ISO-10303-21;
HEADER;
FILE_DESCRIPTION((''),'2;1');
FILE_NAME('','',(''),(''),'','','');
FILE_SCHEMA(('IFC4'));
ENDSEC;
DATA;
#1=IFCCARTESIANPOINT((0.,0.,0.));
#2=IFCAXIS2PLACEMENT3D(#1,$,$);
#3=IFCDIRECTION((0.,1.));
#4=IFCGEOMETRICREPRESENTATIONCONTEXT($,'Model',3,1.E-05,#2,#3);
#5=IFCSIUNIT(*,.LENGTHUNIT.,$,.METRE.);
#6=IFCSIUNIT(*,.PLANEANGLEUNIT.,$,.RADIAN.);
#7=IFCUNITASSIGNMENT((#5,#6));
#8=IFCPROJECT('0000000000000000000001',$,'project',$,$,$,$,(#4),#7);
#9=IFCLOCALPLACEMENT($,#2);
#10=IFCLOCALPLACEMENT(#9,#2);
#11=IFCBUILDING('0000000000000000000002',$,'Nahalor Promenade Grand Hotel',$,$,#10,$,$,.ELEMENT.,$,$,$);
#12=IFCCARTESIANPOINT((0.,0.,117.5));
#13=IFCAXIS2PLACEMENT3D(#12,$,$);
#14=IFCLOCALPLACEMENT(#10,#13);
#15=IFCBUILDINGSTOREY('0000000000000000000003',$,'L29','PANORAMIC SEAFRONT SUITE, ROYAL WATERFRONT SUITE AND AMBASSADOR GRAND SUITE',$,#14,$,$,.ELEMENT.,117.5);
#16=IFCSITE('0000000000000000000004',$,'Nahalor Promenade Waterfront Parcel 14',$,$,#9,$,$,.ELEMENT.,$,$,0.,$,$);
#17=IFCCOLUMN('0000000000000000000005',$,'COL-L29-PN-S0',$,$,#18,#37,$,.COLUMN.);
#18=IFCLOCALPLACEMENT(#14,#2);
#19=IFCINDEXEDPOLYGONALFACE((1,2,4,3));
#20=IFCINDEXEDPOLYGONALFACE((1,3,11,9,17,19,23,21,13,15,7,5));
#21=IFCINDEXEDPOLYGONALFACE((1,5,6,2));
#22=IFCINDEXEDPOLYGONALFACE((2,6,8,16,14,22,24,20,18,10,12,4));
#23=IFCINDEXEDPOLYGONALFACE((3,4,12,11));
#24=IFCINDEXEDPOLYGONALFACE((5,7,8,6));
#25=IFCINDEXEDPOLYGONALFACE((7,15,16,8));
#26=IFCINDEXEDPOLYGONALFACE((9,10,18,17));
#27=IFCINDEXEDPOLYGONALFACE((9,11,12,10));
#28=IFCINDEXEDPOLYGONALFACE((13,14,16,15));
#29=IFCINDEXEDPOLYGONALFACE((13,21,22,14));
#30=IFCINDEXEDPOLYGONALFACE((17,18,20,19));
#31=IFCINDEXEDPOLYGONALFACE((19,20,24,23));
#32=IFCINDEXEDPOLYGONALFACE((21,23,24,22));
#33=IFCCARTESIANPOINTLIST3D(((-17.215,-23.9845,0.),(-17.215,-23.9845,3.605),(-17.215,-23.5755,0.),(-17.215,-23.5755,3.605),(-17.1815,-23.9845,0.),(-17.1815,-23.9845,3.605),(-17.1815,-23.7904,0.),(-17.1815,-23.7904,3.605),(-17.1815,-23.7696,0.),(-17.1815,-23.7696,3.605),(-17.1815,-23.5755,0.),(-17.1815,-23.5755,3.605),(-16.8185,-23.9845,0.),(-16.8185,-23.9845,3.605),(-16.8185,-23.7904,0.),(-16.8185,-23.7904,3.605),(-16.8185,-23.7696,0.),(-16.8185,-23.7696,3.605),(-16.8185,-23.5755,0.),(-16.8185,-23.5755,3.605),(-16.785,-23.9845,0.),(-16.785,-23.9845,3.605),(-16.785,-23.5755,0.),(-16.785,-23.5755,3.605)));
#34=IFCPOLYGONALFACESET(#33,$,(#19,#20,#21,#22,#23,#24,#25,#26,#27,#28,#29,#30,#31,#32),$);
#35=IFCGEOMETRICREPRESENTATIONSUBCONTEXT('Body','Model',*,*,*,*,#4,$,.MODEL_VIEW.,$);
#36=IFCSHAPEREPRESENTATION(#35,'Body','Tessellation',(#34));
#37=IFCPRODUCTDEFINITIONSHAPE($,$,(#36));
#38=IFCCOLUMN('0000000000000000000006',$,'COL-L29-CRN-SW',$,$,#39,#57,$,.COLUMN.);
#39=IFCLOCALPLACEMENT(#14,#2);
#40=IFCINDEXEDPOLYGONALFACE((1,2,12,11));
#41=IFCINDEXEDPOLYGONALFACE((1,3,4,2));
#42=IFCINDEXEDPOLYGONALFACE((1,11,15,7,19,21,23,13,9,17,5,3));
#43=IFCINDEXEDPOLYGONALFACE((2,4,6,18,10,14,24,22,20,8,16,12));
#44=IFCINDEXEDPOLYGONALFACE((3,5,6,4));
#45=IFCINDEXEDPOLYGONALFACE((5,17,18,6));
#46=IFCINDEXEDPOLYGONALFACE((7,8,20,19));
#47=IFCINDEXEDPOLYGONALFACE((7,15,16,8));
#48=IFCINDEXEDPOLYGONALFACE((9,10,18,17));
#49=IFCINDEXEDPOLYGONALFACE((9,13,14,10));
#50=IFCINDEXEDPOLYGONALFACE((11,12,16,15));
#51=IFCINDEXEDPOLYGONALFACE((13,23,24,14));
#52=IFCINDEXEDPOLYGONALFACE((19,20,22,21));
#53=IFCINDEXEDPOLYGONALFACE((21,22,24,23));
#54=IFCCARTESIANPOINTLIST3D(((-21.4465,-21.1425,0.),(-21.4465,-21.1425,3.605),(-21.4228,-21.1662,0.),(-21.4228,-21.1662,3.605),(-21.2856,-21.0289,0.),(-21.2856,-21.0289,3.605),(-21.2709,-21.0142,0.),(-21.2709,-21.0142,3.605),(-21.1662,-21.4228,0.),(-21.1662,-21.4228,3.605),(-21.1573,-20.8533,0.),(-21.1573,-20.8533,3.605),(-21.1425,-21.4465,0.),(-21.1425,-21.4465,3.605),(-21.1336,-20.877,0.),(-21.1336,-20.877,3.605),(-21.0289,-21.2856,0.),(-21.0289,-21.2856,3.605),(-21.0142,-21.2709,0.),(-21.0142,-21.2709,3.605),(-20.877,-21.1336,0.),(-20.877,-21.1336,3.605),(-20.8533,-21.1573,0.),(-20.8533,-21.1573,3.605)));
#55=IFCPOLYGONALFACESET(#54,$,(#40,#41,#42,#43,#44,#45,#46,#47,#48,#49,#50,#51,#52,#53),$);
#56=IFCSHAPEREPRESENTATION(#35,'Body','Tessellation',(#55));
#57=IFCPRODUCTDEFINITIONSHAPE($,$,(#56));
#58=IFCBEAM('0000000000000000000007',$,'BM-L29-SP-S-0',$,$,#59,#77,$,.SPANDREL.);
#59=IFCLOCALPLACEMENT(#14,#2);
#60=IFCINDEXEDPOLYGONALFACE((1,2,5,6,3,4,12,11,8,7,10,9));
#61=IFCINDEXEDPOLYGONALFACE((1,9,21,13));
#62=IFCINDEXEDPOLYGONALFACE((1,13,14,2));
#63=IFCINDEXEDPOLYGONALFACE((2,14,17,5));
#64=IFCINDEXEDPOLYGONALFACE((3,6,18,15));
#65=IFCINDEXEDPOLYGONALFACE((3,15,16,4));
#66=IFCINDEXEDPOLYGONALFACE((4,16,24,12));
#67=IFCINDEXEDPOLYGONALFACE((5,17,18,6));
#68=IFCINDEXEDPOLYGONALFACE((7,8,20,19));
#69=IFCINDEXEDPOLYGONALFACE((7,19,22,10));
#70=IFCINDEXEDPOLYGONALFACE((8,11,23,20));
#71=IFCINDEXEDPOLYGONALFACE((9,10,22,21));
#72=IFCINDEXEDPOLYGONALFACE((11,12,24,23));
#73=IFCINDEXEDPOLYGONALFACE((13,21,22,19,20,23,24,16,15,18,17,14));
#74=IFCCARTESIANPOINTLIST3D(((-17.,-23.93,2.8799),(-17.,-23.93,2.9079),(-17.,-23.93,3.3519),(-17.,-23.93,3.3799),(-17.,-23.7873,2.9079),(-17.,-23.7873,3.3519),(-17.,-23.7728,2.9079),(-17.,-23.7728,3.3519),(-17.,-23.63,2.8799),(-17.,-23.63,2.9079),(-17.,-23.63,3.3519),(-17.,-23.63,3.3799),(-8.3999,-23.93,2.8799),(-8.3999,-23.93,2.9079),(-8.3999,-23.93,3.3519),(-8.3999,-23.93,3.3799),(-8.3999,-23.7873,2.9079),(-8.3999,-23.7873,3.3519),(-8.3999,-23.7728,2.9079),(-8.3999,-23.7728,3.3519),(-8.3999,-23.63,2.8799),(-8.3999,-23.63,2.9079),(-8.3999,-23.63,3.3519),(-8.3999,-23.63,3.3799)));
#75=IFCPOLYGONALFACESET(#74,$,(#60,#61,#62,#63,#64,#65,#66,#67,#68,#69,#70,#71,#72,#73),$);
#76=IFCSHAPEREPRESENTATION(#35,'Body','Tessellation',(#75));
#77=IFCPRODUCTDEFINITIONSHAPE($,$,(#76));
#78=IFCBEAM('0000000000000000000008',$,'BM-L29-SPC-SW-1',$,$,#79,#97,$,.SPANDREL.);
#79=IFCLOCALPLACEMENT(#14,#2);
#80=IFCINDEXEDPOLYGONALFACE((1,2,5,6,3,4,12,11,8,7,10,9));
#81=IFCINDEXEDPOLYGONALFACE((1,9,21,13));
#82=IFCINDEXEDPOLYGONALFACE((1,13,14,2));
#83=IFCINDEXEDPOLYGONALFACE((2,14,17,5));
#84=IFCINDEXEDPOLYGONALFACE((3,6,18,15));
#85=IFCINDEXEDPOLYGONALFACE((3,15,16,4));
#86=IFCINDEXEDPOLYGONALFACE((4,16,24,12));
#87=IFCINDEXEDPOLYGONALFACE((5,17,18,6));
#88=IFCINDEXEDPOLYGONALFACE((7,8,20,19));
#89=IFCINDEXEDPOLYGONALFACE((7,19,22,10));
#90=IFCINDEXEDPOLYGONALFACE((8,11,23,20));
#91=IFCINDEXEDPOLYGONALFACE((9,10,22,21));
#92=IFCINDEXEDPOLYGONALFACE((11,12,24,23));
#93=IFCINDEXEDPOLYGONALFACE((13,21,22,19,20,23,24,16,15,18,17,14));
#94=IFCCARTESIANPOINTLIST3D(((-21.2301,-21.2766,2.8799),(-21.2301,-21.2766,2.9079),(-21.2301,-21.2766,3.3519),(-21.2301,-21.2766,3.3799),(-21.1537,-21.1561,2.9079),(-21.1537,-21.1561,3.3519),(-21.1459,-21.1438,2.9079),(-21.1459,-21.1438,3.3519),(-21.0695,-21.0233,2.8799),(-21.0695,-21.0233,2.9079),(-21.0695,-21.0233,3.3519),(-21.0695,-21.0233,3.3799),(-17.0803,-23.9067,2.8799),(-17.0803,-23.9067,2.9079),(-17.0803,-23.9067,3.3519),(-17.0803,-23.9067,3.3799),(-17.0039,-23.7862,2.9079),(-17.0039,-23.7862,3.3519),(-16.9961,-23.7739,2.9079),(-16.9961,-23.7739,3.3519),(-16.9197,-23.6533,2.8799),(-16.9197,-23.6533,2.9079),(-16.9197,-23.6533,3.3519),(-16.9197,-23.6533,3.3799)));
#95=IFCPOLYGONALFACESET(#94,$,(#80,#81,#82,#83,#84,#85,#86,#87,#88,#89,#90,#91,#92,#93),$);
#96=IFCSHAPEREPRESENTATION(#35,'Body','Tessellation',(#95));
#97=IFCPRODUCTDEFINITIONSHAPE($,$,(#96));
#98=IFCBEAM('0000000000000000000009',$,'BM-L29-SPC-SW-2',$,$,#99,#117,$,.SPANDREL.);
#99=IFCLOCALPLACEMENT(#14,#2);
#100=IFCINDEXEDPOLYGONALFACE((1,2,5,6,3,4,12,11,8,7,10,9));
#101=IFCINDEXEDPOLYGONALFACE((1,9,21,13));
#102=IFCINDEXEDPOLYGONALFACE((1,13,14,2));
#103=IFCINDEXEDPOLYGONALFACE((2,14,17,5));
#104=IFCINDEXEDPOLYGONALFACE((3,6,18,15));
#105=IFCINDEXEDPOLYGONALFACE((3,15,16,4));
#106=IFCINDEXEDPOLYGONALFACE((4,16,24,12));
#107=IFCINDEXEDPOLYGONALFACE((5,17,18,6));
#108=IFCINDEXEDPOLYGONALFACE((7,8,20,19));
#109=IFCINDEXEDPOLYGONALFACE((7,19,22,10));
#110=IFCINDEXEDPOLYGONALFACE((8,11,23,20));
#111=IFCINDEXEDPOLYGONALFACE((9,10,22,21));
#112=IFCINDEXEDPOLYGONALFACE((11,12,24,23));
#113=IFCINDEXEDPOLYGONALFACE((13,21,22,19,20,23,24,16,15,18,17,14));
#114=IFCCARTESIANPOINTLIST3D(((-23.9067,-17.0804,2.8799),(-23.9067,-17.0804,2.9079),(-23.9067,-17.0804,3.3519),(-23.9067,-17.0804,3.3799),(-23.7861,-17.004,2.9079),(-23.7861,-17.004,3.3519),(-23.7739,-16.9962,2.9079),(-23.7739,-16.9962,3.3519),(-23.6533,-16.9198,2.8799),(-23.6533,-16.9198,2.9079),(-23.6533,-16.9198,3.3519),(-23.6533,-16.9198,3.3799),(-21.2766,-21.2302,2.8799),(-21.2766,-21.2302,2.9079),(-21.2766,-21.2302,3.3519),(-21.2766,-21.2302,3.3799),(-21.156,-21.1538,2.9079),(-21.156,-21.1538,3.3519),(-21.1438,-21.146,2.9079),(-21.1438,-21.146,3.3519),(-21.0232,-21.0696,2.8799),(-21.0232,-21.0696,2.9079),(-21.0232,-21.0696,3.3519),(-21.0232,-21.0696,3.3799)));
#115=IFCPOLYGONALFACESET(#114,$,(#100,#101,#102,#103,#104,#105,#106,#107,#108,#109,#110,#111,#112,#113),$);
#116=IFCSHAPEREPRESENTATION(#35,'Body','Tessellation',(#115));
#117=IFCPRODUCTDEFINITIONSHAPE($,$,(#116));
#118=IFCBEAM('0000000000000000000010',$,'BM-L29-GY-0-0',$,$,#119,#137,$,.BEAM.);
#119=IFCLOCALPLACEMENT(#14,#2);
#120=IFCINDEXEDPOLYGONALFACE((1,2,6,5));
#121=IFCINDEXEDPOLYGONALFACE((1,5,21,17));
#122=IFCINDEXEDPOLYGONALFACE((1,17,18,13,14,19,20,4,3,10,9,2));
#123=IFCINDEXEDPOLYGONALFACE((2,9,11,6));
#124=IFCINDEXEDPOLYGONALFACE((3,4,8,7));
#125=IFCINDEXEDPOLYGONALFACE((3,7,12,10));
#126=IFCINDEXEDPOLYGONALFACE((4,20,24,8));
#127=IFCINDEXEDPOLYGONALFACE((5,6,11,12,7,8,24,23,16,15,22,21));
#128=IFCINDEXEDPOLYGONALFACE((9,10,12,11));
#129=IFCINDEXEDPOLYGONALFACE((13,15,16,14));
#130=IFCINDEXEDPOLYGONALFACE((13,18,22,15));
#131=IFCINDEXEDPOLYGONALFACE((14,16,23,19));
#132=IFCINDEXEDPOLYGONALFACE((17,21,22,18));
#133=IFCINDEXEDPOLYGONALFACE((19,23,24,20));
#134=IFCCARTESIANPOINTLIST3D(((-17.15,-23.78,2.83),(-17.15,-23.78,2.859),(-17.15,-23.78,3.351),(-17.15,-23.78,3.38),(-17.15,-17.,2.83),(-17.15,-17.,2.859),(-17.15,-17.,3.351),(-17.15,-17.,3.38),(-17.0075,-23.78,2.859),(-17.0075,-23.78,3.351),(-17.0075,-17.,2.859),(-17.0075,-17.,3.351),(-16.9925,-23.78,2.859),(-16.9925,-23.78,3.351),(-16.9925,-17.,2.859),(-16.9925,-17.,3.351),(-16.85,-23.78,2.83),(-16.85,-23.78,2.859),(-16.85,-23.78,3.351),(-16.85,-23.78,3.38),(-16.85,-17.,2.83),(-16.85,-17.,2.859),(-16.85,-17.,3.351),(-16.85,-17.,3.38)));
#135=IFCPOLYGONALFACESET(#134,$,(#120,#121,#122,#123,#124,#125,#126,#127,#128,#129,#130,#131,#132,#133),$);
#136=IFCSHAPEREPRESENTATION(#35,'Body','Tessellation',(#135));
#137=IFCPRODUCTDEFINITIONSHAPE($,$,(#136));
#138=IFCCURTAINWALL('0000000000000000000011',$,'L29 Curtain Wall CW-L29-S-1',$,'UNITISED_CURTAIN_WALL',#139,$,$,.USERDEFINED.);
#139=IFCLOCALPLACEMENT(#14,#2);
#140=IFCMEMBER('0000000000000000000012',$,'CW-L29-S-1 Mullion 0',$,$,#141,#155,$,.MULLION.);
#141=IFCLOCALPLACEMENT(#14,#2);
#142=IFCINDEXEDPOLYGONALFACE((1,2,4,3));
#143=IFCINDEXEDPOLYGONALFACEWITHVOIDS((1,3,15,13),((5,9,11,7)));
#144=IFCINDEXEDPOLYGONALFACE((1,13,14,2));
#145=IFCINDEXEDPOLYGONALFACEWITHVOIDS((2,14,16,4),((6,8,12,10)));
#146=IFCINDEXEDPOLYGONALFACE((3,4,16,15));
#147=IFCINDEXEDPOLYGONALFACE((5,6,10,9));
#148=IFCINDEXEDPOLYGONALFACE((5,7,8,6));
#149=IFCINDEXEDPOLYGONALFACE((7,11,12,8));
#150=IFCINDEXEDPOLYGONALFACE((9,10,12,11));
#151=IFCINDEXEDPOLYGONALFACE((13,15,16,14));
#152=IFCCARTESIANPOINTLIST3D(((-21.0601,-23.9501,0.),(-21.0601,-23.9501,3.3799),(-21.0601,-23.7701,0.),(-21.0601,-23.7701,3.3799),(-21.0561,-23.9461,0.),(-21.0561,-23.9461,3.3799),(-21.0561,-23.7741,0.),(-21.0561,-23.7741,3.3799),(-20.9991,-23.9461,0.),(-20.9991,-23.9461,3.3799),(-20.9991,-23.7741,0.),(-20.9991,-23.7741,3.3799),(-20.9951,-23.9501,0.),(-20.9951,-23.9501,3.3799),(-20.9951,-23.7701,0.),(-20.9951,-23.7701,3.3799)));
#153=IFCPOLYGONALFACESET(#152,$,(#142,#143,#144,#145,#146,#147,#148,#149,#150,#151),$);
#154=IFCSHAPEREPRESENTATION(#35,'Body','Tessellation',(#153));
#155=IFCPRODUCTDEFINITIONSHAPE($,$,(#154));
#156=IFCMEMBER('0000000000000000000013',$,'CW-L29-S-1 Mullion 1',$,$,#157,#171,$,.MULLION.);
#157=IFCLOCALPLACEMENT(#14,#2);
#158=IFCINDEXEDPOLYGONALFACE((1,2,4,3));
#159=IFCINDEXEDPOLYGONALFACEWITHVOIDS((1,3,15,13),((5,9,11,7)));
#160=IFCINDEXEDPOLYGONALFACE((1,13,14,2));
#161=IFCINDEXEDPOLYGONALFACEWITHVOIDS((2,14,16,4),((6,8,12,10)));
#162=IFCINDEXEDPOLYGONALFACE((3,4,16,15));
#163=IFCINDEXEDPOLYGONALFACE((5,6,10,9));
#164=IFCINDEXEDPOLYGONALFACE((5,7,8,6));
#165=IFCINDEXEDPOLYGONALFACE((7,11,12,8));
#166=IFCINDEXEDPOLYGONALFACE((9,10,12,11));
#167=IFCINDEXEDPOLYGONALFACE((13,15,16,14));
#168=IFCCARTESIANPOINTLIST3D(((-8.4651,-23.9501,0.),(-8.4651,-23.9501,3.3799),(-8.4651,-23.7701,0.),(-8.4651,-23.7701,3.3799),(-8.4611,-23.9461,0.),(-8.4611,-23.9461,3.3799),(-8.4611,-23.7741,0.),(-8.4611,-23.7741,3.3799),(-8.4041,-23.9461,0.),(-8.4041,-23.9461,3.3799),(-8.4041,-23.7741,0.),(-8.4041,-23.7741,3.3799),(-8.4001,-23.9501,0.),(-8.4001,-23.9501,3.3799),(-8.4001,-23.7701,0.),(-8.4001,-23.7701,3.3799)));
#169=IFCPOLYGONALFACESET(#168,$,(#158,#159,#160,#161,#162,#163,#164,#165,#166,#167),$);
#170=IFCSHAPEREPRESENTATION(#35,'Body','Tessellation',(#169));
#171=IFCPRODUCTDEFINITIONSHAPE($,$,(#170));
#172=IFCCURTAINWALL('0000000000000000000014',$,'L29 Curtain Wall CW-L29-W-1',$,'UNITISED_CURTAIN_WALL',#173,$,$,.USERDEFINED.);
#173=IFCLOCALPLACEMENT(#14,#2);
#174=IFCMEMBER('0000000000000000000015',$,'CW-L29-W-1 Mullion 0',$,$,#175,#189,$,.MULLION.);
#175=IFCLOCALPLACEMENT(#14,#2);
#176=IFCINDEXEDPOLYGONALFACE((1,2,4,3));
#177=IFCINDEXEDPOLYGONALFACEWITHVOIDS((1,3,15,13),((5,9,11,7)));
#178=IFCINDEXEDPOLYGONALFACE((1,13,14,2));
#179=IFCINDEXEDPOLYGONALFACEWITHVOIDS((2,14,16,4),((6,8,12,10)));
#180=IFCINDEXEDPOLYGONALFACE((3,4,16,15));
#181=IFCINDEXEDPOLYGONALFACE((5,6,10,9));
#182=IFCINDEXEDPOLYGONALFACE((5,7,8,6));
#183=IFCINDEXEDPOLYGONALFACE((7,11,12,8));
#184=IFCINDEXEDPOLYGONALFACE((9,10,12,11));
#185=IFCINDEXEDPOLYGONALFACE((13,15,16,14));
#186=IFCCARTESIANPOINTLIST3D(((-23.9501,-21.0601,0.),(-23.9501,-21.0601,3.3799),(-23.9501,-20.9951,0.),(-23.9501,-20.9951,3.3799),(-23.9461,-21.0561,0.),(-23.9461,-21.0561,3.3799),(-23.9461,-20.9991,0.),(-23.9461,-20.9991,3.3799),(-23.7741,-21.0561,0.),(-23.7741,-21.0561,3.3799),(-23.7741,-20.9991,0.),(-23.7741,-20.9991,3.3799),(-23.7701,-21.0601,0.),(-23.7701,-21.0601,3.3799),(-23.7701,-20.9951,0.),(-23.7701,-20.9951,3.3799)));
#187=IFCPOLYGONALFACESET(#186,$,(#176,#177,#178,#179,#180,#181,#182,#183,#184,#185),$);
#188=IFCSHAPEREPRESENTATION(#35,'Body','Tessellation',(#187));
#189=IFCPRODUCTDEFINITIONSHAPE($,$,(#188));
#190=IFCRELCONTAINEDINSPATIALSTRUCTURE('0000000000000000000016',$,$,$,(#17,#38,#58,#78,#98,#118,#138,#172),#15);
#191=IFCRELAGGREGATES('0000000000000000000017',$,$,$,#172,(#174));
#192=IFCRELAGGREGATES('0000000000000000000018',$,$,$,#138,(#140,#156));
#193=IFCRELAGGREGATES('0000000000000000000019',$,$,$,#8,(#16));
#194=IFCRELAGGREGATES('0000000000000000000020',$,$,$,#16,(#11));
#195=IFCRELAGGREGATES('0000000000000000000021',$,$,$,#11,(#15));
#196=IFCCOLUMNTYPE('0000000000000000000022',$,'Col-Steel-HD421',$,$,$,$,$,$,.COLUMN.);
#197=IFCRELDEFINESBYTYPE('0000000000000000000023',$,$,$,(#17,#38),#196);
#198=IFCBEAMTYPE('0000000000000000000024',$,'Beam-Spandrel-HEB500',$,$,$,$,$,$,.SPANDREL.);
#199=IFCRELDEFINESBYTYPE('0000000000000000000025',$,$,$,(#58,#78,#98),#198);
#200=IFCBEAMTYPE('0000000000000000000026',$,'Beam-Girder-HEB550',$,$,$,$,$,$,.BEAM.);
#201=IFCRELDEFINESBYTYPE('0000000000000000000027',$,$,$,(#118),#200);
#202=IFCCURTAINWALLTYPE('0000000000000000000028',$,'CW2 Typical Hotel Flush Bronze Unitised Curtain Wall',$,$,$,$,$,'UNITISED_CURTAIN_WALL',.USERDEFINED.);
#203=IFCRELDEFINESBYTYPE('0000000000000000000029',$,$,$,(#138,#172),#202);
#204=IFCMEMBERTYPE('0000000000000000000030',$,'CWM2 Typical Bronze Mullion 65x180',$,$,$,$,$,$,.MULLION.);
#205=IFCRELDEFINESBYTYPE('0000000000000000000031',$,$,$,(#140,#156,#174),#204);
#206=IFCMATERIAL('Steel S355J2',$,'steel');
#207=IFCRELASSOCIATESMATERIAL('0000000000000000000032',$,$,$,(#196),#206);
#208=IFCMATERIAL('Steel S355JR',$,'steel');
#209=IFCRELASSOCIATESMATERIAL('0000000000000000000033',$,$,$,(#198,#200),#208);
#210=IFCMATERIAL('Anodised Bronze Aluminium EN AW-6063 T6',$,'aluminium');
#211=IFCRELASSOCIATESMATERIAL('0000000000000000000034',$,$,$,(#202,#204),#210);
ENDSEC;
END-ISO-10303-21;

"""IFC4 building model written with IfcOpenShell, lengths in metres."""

from ifc_helpers import new_model, si_unit, direction, frame, origin, origin_2d, place, context, subcontext, project, spatial, hollow_rectangle, i_section, extrude, source, transform, mapped, material, material_profile, profile_set, type_object, element, aggregate, save


model = new_model("IFC4")

# Units and contexts
model_context = context("Model", 3, precision=1e-05, world=origin(), true_north=direction((0.0, 1.0)))
body_context = subcontext(model_context, "Body", "Model", "MODEL_VIEW")
ifc_project = project(units=[si_unit("LENGTHUNIT", "METRE"), si_unit("PLANEANGLEUNIT", "RADIAN")], contexts=[model_context])

# Site, building, storey
site_placement = place(None, origin())
site = spatial("IfcSite", under=ifc_project, at=site_placement, Name="Nahalor Promenade Waterfront Parcel 14", CompositionType="ELEMENT", RefElevation=0.0)
building_placement = place(site_placement, origin())
building = spatial("IfcBuilding", under=site, at=building_placement, Name="Nahalor Promenade Grand Hotel", CompositionType="ELEMENT")
storey_placement = place(building_placement, frame((0.0, 0.0, 117.5)))
storey = spatial("IfcBuildingStorey", under=building, at=storey_placement, Name="L29", Description="PANORAMIC SEAFRONT SUITE, ROYAL WATERFRONT SUITE AND AMBASSADOR GRAND SUITE", CompositionType="ELEMENT", Elevation=117.5)

# Columns
ifc_material_1 = material(Name="Steel S355J2", Category="steel")
ifc_material_profile_1 = material_profile(ifc_material_1, i_section(OverallWidth=0.409, OverallDepth=0.43, WebThickness=0.0208, FlangeThickness=0.0335, at=origin_2d()), Name="HD 400x421")
ifc_profile_set_1 = profile_set([ifc_material_profile_1], Name="Steel S355J2")
column_type = type_object("IfcColumnType", Name="Col-Steel-HD421", PredefinedType="COLUMN", material=ifc_profile_set_1)
shared_shape_1 = source(origin(), body_context, "Body", "SweptSolid", [
    extrude(i_section(OverallWidth=0.409, OverallDepth=0.43, WebThickness=0.0208, FlangeThickness=0.0335, at=origin_2d()), origin(), (0.0, 0.0, 1.0), 3.605),
])
for number, where, z_axis, x_axis, name in (
    (1, (-17.0, -23.78, 0.0), (0.0, 0.0, 1.0), (0.0, 1.0, 0.0), "COL-L29-PN-S0"),
    (2, (-21.1499, -21.1499, 0.0), (0.0, 0.0, 1.0), (0.707107, 0.707107, 0.0), "COL-L29-CRN-SW"),
):
    element("IfcColumn", number, at=place(storey_placement, frame(where, z_axis=z_axis, x_axis=x_axis)), inside=storey, type_object=column_type, Name=name, PredefinedType="COLUMN", context=body_context, shape_type="MappedRepresentation", body=[
        mapped(shared_shape_1, transform((0.0, 0.0, 0.0), scale=1.0)),
    ])

# Beams
ifc_material_2 = material(Name="Steel S355JR", Category="steel")
ifc_material_profile_2 = material_profile(ifc_material_2, i_section(OverallWidth=0.3, OverallDepth=0.5, WebThickness=0.0145, FlangeThickness=0.028, at=origin_2d()), Name="HEB 500")
ifc_profile_set_2 = profile_set([ifc_material_profile_2], Name="Steel S355JR")
beam_type_1 = type_object("IfcBeamType", Name="Beam-Spandrel-HEB500", PredefinedType="SPANDREL", material=ifc_profile_set_2)
shared_shape_2 = source(origin(), body_context, "Body", "SweptSolid", [
    extrude(i_section(OverallWidth=0.3, OverallDepth=0.5, WebThickness=0.0145, FlangeThickness=0.028, at=origin_2d()), origin(), (0.0, 0.0, 1.0), 8.6001),
])
beam_1_placement = place(storey_placement, frame((-17.0, -23.78, 3.1299), z_axis=(1.0, 0.0, 0.0), x_axis=(0.0, 1.0, 0.0)))
element("IfcBeam", 3, at=beam_1_placement, inside=storey, type_object=beam_type_1, Name="BM-L29-SP-S-0", PredefinedType="SPANDREL", context=body_context, shape_type="MappedRepresentation", body=[
    mapped(shared_shape_2, transform((0.0, 0.0, 0.0), scale=1.0)),
])
shared_shape_3 = source(origin(), body_context, "Body", "SweptSolid", [
    extrude(i_section(OverallWidth=0.3, OverallDepth=0.5, WebThickness=0.0145, FlangeThickness=0.028, at=origin_2d()), origin(), (0.0, 0.0, 1.0), 4.9131),
])
for number, where, z_axis, x_axis, name in (
    (4, (-17.0, -23.78, 3.1299), (-0.844648, 0.535322, 0.0), (-0.535322, -0.844648, 0.0), "BM-L29-SPC-SW-1"),
    (5, (-21.1499, -21.1499, 3.1299), (-0.535322, 0.844648, 0.0), (-0.844648, -0.535322, 0.0), "BM-L29-SPC-SW-2"),
):
    element("IfcBeam", number, at=place(storey_placement, frame(where, z_axis=z_axis, x_axis=x_axis)), inside=storey, type_object=beam_type_1, Name=name, PredefinedType="SPANDREL", context=body_context, shape_type="MappedRepresentation", body=[
        mapped(shared_shape_3, transform((0.0, 0.0, 0.0), scale=1.0)),
    ])
ifc_material_profile_3 = material_profile(ifc_material_2, i_section(OverallWidth=0.3, OverallDepth=0.55, WebThickness=0.015, FlangeThickness=0.029, at=origin_2d()), Name="HEB 550")
ifc_profile_set_3 = profile_set([ifc_material_profile_3], Name="Steel S355JR")
beam_type_2 = type_object("IfcBeamType", Name="Beam-Girder-HEB550", PredefinedType="BEAM", material=ifc_profile_set_3)
shared_shape_4 = source(origin(), body_context, "Body", "SweptSolid", [
    extrude(i_section(OverallWidth=0.3, OverallDepth=0.55, WebThickness=0.015, FlangeThickness=0.029, at=origin_2d()), origin(), (0.0, 0.0, 1.0), 6.78),
])
beam_2_placement = place(storey_placement, frame((-17.0, -23.78, 3.105), z_axis=(0.0, 1.0, 0.0), x_axis=(-1.0, 0.0, 0.0)))
element("IfcBeam", 6, at=beam_2_placement, inside=storey, type_object=beam_type_2, Name="BM-L29-GY-0-0", PredefinedType="BEAM", context=body_context, shape_type="MappedRepresentation", body=[
    mapped(shared_shape_4, transform((0.0, 0.0, 0.0), scale=1.0)),
])

# Curtain walls, members
ifc_material_3 = material(Name="Anodised Bronze Aluminium EN AW-6063 T6", Category="aluminium")
curtain_wall_type = type_object("IfcCurtainWallType", Name="CW2 Typical Hotel Flush Bronze Unitised Curtain Wall", ElementType="UNITISED_CURTAIN_WALL", PredefinedType="USERDEFINED", material=ifc_material_3)
curtain_wall_1_placement = place(storey_placement, origin())
curtain_wall_1 = element("IfcCurtainWall", 7, at=curtain_wall_1_placement, inside=storey, type_object=curtain_wall_type, Name="L29 Curtain Wall CW-L29-S-1", ObjectType="UNITISED_CURTAIN_WALL", PredefinedType="USERDEFINED")
ifc_material_profile_4 = material_profile(ifc_material_3, hollow_rectangle(XDim=0.065, YDim=0.18, WallThickness=0.004, at=origin_2d()), Name="CWM 65x180x4")
ifc_profile_set_4 = profile_set([ifc_material_profile_4], Name="Anodised Bronze Aluminium EN AW-6063 T6")
member_type_1 = type_object("IfcMemberType", Name="CWM2 Typical Bronze Mullion 65x180", PredefinedType="MULLION", material=ifc_profile_set_4)
shared_shape_5 = source(origin(), body_context, "Body", "SweptSolid", [
    extrude(hollow_rectangle(XDim=0.065, YDim=0.18, WallThickness=0.004, at=origin_2d()), origin(), (0.0, 0.0, 1.0), 3.3799),
])
member_1_placement = place(storey_placement, frame((-21.0276, -23.8601, 0.0), z_axis=(0.0, 0.0, 1.0), x_axis=(1.0, 0.0, 0.0)))
member_1 = element("IfcMember", 8, at=member_1_placement, type_object=member_type_1, Name="CW-L29-S-1 Mullion 0", PredefinedType="MULLION", context=body_context, shape_type="MappedRepresentation", body=[
    mapped(shared_shape_5, transform((0.0, 0.0, 0.0), scale=1.0)),
])
member_2_placement = place(storey_placement, frame((-8.4326, -23.8601, 0.0), z_axis=(0.0, 0.0, 1.0), x_axis=(1.0, 0.0, 0.0)))
member_2 = element("IfcMember", 9, at=member_2_placement, type_object=member_type_1, Name="CW-L29-S-1 Mullion 1", PredefinedType="MULLION", context=body_context, shape_type="MappedRepresentation", body=[
    mapped(shared_shape_5, transform((0.0, 0.0, 0.0), scale=1.0)),
])
curtain_wall_2_placement = place(storey_placement, origin())
curtain_wall_2 = element("IfcCurtainWall", 10, at=curtain_wall_2_placement, inside=storey, type_object=curtain_wall_type, Name="L29 Curtain Wall CW-L29-W-1", ObjectType="UNITISED_CURTAIN_WALL", PredefinedType="USERDEFINED")
member_3_placement = place(storey_placement, frame((-23.8601, -21.0276, 0.0), z_axis=(0.0, 0.0, 1.0), x_axis=(0.0, 1.0, 0.0)))
member_3 = element("IfcMember", 11, at=member_3_placement, type_object=member_type_1, Name="CW-L29-W-1 Mullion 0", PredefinedType="MULLION", context=body_context, shape_type="MappedRepresentation", body=[
    mapped(shared_shape_5, transform((0.0, 0.0, 0.0), scale=1.0)),
])
aggregate(curtain_wall_2, [member_3])

aggregate(curtain_wall_1, [member_1, member_2])

save(model, "model.ifc")
